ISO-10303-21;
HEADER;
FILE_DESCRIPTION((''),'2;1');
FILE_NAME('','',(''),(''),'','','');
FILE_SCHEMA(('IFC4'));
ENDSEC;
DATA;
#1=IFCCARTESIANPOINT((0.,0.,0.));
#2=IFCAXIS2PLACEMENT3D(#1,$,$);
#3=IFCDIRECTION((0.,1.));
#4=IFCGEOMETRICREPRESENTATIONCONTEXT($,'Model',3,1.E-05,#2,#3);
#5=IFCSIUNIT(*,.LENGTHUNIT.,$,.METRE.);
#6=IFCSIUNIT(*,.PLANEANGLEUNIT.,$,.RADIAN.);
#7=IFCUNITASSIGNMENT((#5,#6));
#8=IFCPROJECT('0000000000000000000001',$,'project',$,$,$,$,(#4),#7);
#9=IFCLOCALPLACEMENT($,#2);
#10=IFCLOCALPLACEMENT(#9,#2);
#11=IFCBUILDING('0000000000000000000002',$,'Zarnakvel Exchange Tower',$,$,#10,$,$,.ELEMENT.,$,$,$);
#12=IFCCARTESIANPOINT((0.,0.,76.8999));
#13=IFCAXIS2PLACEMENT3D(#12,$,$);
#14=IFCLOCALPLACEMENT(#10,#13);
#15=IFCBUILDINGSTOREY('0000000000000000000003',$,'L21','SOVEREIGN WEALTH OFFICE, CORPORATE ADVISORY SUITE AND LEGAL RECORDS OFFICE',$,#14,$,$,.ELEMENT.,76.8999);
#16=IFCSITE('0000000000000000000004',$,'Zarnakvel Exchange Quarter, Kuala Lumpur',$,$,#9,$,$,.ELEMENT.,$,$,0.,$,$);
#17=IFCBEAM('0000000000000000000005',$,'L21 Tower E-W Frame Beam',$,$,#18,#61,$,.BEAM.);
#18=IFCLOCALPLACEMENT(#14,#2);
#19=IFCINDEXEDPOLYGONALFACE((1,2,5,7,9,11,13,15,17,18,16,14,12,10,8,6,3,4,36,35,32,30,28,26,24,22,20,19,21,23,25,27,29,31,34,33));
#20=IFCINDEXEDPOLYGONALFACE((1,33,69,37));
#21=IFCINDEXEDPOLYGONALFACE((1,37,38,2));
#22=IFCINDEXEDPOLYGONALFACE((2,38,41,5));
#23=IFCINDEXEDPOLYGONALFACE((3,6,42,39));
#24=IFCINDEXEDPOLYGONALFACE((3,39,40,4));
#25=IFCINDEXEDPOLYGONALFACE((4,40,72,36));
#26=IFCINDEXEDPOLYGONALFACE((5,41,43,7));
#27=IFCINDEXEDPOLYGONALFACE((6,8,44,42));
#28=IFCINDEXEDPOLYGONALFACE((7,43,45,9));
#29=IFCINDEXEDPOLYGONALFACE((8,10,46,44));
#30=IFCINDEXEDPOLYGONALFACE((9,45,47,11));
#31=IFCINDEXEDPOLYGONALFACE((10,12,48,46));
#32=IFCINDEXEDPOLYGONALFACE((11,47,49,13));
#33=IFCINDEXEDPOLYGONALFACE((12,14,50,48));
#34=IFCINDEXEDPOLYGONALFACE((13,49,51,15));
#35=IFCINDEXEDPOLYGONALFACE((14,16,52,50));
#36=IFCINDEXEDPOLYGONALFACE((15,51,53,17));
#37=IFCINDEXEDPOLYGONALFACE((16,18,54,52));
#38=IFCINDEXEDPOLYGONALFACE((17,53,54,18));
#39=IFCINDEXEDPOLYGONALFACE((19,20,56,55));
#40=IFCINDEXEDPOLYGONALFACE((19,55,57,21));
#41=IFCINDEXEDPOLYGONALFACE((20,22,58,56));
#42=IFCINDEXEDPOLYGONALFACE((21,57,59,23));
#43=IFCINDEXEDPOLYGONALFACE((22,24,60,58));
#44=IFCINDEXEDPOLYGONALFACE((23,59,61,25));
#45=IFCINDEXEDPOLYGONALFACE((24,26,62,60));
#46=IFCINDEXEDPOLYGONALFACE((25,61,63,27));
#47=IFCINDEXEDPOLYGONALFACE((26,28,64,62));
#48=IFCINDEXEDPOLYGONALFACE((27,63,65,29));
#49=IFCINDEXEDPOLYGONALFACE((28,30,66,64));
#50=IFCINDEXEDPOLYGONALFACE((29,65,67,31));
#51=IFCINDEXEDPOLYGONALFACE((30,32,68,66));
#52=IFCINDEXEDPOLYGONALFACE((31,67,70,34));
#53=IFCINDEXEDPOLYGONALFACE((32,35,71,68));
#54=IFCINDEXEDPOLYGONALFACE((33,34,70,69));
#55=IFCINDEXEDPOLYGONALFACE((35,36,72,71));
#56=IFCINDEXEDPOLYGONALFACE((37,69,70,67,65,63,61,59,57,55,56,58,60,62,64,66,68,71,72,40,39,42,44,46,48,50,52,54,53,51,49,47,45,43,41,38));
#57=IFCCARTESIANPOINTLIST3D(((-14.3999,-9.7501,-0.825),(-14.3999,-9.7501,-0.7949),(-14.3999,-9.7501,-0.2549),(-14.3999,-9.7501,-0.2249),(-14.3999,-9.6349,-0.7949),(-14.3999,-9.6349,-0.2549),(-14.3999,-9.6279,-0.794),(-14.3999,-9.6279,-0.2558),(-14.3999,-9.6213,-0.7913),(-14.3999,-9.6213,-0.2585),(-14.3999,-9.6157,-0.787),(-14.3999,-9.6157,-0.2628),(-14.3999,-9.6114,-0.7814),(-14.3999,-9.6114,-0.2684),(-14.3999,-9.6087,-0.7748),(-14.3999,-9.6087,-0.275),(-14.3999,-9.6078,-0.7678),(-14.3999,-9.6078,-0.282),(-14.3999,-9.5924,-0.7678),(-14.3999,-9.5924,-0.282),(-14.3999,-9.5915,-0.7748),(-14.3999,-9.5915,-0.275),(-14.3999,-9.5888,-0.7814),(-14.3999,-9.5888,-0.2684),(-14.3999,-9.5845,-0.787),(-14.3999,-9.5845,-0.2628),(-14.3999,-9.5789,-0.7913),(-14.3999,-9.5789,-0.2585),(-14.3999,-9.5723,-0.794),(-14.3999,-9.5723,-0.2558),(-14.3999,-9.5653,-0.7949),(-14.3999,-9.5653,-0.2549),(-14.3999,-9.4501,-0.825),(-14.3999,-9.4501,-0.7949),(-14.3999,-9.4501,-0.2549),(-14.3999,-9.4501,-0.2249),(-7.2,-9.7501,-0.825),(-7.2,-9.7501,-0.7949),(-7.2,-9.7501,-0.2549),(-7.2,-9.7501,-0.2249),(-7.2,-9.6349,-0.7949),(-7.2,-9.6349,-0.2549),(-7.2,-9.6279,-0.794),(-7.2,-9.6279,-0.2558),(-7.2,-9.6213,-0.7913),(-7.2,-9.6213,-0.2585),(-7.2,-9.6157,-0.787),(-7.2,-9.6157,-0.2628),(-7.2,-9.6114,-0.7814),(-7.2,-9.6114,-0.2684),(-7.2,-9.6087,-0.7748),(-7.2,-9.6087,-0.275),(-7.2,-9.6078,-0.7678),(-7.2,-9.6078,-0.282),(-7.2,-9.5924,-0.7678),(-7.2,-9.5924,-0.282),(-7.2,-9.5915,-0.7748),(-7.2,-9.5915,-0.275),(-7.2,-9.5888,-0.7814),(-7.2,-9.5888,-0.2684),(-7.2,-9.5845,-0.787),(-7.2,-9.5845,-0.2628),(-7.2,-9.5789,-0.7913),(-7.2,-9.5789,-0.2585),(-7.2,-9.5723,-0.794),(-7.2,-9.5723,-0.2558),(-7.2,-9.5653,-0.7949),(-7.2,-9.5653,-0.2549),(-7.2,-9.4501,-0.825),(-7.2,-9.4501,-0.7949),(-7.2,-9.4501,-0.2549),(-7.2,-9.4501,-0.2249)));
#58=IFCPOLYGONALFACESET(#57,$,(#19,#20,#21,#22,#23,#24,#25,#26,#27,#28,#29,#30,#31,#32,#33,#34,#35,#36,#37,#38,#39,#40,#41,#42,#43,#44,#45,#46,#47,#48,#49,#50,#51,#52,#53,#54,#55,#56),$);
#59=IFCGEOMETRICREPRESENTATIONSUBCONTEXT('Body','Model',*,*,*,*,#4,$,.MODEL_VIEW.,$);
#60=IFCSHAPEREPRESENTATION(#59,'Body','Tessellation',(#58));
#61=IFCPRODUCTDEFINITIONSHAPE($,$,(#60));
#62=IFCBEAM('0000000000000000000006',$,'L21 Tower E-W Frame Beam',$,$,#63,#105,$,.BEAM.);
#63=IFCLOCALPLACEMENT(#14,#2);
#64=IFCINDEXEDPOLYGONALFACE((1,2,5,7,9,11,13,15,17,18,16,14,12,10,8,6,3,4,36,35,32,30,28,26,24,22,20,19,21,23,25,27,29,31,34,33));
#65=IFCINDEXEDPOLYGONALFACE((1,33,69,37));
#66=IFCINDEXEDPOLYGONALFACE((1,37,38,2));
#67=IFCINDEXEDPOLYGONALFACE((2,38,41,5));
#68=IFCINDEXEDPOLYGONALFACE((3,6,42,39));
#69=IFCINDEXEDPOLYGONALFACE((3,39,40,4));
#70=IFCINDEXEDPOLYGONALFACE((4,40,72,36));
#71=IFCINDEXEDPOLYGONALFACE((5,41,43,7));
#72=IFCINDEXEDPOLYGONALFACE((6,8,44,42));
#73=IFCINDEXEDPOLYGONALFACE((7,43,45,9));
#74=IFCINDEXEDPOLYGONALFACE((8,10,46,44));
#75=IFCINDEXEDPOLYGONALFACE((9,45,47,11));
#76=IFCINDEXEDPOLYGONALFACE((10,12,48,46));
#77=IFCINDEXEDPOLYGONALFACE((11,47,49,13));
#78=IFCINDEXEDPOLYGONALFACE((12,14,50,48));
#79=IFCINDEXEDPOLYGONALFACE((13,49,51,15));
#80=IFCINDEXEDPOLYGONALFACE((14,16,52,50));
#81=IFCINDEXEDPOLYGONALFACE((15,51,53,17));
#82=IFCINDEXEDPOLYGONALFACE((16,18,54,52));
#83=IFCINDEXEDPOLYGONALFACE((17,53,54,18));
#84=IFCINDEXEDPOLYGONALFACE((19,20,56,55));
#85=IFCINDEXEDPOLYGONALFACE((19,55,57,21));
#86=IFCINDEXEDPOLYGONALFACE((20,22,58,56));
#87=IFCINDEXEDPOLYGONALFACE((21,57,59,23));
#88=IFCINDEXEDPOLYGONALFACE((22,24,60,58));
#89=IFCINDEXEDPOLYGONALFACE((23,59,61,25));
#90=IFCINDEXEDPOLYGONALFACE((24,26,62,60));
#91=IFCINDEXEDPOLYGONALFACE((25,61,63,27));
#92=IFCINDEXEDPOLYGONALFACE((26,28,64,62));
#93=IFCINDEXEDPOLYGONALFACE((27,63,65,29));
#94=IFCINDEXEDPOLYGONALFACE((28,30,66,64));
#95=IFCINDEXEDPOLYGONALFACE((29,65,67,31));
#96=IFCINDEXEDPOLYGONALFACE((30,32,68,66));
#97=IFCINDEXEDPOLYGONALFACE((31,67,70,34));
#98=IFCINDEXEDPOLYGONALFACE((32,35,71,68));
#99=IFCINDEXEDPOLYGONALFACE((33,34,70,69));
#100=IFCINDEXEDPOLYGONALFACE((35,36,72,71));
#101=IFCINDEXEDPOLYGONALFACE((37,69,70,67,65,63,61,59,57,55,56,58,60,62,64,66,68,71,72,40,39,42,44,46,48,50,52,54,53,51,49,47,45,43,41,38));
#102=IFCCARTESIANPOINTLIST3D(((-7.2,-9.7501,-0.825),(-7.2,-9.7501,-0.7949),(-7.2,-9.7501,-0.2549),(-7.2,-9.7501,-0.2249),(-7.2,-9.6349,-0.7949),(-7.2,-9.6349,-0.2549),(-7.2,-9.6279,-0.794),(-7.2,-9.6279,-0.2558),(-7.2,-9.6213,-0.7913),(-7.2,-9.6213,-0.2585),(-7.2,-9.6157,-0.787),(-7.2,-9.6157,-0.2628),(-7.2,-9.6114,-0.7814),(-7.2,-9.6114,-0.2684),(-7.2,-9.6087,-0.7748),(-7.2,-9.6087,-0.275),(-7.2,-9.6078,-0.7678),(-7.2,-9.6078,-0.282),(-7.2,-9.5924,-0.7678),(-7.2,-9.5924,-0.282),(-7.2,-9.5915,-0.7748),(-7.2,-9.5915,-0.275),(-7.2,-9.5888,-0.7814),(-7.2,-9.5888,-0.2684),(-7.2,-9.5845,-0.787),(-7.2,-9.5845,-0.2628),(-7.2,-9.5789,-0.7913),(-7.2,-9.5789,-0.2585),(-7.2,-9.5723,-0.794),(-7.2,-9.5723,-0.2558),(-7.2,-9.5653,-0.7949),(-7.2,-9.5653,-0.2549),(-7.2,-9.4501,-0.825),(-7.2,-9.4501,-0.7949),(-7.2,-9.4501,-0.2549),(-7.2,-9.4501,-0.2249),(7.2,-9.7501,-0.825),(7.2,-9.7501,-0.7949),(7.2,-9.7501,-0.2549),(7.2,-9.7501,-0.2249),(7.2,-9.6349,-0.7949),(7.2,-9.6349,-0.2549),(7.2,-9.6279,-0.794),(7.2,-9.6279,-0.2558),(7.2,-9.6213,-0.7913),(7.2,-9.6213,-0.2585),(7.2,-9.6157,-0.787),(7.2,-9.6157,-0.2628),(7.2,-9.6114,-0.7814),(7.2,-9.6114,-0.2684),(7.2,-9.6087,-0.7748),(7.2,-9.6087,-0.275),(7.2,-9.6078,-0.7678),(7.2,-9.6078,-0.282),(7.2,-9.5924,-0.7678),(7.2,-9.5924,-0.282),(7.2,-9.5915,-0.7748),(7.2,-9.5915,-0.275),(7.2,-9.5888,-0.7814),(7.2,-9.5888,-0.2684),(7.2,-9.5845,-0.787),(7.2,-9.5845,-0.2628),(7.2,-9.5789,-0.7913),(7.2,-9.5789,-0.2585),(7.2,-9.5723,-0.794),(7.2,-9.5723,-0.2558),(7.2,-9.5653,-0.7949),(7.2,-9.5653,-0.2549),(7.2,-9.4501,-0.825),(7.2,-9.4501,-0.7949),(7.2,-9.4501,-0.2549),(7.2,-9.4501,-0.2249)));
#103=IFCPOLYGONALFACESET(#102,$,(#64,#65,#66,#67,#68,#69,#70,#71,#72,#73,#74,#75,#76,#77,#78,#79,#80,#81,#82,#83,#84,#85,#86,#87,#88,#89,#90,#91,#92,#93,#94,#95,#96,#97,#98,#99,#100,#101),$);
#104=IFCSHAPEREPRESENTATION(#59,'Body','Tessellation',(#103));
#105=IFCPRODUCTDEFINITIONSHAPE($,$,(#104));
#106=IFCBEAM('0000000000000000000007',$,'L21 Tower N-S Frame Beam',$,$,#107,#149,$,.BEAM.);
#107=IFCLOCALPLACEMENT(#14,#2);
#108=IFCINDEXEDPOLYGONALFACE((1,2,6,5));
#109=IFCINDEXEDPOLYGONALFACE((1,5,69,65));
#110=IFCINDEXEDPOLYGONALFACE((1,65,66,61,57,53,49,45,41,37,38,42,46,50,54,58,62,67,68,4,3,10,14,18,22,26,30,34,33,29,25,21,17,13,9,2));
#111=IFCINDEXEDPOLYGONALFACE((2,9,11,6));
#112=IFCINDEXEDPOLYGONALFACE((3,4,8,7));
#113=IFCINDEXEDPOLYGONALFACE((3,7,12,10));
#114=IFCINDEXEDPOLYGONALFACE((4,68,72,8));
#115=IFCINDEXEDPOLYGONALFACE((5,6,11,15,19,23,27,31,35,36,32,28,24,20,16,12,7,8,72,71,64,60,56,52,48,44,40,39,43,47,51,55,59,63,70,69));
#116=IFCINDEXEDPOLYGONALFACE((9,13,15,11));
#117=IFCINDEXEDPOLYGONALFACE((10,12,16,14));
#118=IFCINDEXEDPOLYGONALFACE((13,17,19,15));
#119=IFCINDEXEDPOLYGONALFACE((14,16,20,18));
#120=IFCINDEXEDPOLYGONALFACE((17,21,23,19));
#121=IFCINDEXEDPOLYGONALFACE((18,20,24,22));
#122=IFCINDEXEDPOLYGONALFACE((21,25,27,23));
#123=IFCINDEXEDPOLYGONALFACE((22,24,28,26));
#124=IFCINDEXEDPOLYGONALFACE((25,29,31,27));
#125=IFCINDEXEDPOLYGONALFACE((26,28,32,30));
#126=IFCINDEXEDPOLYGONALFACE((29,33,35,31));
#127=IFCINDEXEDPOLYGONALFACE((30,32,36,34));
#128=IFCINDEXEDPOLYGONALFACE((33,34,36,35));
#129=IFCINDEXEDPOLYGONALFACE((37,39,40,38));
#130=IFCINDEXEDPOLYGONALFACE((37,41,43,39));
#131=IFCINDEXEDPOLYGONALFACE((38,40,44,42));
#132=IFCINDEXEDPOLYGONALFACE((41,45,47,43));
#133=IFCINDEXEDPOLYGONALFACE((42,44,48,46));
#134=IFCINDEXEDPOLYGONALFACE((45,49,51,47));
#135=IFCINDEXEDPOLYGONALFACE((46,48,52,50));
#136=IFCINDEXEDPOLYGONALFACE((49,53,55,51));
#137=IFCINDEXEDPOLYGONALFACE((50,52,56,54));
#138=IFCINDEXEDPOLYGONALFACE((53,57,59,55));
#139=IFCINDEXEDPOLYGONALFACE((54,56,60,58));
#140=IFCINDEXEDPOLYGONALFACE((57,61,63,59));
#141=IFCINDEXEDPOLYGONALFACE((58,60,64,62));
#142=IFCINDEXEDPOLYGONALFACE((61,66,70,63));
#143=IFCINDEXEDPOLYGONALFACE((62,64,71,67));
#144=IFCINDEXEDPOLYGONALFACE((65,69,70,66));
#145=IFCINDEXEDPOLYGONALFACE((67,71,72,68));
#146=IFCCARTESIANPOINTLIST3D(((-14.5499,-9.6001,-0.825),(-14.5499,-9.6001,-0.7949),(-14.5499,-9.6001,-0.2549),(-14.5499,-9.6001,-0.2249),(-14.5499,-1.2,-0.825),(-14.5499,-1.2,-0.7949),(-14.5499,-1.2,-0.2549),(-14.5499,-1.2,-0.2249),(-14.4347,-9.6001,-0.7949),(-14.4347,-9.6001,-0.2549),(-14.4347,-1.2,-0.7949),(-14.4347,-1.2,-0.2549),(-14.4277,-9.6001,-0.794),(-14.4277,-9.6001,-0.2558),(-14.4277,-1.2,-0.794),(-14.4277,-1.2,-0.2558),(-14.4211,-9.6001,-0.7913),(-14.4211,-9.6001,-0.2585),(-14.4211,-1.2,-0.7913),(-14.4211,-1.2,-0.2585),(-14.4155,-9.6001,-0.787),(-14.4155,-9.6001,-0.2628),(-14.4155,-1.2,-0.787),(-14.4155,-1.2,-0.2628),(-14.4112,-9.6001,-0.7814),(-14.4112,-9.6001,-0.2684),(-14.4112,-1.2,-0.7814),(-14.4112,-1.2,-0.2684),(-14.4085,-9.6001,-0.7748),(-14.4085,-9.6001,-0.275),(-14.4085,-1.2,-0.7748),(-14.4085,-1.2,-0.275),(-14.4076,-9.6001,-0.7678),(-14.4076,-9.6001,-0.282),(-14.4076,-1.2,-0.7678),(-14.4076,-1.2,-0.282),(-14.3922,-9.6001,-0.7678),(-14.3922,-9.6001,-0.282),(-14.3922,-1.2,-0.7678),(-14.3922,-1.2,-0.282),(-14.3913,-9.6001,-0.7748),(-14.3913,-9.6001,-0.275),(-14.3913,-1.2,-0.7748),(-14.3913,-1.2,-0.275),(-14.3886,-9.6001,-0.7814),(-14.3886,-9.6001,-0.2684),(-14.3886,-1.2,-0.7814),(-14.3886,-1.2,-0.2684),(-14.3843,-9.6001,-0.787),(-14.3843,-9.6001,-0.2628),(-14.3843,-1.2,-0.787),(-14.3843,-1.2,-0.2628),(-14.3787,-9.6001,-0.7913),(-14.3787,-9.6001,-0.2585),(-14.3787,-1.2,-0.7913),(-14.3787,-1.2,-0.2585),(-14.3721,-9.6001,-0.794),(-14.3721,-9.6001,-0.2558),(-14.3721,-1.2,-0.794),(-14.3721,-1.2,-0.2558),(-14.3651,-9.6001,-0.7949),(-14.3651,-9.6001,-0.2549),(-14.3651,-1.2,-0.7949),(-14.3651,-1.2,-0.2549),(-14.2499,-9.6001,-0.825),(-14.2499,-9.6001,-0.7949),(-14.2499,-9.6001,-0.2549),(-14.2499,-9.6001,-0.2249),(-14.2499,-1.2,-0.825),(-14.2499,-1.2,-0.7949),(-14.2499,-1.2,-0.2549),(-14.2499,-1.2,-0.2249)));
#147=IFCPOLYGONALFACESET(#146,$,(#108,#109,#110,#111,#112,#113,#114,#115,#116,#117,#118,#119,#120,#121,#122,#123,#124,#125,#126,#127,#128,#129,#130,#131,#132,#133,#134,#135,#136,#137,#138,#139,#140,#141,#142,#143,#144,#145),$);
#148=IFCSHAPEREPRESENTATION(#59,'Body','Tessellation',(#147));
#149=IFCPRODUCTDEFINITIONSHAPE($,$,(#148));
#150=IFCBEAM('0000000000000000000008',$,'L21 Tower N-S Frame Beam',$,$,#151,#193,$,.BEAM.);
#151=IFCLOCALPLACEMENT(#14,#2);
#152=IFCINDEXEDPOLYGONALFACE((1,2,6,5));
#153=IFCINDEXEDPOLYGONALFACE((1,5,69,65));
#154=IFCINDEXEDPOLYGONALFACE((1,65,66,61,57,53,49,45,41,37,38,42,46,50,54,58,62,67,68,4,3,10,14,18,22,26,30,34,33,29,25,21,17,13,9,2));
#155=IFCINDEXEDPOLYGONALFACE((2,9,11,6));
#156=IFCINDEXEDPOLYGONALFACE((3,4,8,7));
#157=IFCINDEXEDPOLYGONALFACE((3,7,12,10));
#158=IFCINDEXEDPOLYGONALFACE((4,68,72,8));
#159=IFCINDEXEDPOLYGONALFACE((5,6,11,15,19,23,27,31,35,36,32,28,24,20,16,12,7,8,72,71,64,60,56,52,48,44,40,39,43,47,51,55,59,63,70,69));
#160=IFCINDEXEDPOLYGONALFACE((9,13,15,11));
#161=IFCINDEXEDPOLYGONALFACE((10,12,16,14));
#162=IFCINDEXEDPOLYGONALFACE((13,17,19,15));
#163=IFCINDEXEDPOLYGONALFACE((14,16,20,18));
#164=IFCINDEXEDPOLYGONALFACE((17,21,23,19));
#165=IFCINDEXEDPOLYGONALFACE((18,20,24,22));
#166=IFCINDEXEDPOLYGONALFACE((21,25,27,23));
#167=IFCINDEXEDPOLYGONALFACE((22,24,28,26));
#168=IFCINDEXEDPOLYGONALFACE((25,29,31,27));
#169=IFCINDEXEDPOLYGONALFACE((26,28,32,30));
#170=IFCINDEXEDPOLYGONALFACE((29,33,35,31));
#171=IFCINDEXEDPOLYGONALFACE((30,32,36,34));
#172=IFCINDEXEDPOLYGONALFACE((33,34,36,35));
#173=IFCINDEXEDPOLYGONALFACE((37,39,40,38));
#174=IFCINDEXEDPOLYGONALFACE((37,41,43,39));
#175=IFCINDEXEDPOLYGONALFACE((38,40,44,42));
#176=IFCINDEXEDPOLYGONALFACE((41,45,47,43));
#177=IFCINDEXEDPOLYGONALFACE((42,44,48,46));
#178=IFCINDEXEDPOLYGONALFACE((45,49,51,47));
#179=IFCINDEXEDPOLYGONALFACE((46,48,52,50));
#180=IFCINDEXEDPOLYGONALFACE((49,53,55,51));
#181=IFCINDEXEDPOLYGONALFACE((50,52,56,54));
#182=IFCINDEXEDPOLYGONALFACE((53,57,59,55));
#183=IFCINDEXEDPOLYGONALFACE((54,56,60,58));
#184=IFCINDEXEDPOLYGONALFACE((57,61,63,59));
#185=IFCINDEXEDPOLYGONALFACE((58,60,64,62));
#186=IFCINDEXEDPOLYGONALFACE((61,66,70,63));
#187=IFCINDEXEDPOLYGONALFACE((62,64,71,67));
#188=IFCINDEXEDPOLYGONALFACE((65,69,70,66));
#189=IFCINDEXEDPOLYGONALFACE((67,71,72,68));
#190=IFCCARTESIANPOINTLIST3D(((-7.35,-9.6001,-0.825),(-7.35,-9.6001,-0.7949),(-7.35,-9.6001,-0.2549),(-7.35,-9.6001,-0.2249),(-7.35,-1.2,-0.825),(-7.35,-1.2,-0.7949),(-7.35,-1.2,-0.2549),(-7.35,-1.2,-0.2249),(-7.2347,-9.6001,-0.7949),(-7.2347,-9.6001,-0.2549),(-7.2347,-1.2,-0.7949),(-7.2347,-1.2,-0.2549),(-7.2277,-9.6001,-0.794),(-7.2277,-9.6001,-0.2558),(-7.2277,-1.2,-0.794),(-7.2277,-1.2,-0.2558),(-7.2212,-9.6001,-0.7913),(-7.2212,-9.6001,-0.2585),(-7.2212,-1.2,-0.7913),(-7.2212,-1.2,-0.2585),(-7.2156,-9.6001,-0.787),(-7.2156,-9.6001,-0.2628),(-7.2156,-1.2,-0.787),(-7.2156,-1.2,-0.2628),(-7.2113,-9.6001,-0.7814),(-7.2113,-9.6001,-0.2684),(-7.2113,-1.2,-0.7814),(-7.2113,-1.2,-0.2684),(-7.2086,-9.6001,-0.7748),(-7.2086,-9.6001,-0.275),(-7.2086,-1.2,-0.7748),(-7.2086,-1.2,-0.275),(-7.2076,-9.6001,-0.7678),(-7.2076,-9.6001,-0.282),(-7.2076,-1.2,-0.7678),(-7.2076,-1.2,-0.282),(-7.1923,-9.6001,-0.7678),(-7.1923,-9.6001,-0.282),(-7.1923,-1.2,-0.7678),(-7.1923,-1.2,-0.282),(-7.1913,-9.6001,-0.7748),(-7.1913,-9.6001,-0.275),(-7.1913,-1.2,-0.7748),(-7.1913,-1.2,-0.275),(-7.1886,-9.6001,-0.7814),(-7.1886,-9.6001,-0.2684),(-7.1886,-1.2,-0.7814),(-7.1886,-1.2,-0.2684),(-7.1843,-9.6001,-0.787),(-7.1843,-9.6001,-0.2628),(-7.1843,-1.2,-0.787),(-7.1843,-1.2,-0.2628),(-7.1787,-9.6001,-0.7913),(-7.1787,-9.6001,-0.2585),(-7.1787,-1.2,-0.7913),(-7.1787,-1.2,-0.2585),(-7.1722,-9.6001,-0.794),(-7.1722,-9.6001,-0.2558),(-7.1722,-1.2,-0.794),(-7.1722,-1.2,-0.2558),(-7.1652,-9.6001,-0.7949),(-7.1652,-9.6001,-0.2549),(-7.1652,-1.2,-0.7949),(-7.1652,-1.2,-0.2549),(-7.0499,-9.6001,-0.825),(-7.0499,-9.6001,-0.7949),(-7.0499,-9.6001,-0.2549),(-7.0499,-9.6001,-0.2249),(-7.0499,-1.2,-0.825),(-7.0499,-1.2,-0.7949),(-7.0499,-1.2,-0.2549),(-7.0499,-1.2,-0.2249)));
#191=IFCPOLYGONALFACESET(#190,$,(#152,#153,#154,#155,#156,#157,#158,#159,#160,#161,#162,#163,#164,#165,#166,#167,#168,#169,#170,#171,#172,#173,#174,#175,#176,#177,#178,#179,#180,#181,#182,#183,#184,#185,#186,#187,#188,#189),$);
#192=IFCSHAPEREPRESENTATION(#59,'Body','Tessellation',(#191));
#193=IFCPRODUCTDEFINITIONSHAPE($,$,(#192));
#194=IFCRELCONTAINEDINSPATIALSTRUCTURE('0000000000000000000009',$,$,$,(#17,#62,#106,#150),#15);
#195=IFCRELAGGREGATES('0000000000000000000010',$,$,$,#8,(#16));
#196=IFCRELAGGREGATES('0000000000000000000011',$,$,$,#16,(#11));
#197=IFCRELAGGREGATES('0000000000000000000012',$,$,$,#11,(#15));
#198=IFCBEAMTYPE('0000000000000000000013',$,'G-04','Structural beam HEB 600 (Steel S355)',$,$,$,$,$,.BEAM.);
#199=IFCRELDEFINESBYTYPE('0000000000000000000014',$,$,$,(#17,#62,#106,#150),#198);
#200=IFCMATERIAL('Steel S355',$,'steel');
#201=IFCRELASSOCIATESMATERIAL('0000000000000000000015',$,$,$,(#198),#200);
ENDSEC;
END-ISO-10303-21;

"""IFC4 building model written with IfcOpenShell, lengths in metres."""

from ifc_helpers import new_model, si_unit, direction, frame, origin, origin_2d, place, context, subcontext, project, spatial, i_section, extrude, material, material_profile, profile_set, type_object, element, save


model = new_model("IFC4")

# Units and contexts
model_context = context("Model", 3, precision=1e-05, world=origin(), true_north=direction((0.0, 1.0)))
body_context = subcontext(model_context, "Body", "Model", "MODEL_VIEW")
ifc_project = project(units=[si_unit("LENGTHUNIT", "METRE"), si_unit("PLANEANGLEUNIT", "RADIAN")], contexts=[model_context])

# Site, building, storey
site_placement = place(None, origin())
site = spatial("IfcSite", under=ifc_project, at=site_placement, Name="Zarnakvel Exchange Quarter, Kuala Lumpur", CompositionType="ELEMENT", RefElevation=0.0)
building_placement = place(site_placement, origin())
building = spatial("IfcBuilding", under=site, at=building_placement, Name="Zarnakvel Exchange Tower", CompositionType="ELEMENT")
storey_placement = place(building_placement, frame((0.0, 0.0, 76.8999)))
storey = spatial("IfcBuildingStorey", under=building, at=storey_placement, Name="L21", Description="SOVEREIGN WEALTH OFFICE, CORPORATE ADVISORY SUITE AND LEGAL RECORDS OFFICE", CompositionType="ELEMENT", Elevation=76.8999)

# Beams
ifc_material_1 = material(Name="Steel S355", Category="steel")
ifc_material_profile_1 = material_profile(ifc_material_1, i_section(OverallWidth=0.3, OverallDepth=0.6001, WebThickness=0.0154, FlangeThickness=0.03, FilletRadius=0.0271, at=origin_2d()))
ifc_profile_set_1 = profile_set([ifc_material_profile_1], Name="Steel S355")
beam_type_1 = type_object("IfcBeamType", Name="G-04", Description="Structural beam HEB 600 (Steel S355)", PredefinedType="BEAM", material=ifc_profile_set_1)
beam_1_placement = place(storey_placement, frame((-14.3999, -9.6001, -0.5249), z_axis=(1.0, 0.0, 0.0), x_axis=(0.0, 1.0, 0.0)))
element("IfcBeam", 1, at=beam_1_placement, inside=storey, type_object=beam_type_1, Name="L21 Tower E-W Frame Beam", PredefinedType="BEAM", context=body_context, shape_type="SweptSolid", body=[
    extrude(i_section(OverallWidth=0.3, OverallDepth=0.6001, WebThickness=0.0154, FlangeThickness=0.03, FilletRadius=0.0271, at=origin_2d()), origin(), (0.0, 0.0, 1.0), 7.2),
])
beam_2_placement = place(storey_placement, frame((-7.2, -9.6001, -0.5249), z_axis=(1.0, 0.0, 0.0), x_axis=(0.0, 1.0, 0.0)))
element("IfcBeam", 2, at=beam_2_placement, inside=storey, type_object=beam_type_1, Name="L21 Tower E-W Frame Beam", PredefinedType="BEAM", context=body_context, shape_type="SweptSolid", body=[
    extrude(i_section(OverallWidth=0.3, OverallDepth=0.6001, WebThickness=0.0154, FlangeThickness=0.03, FilletRadius=0.0271, at=origin_2d()), origin(), (0.0, 0.0, 1.0), 14.3999),
])
for number, where, z_axis, x_axis, name in (
    (3, (-14.3999, -9.6001, -0.5249), (0.0, 1.0, 0.0), (-1.0, 0.0, 0.0), "L21 Tower N-S Frame Beam"),
    (4, (-7.2, -9.6001, -0.5249), (0.0, 1.0, 0.0), (-1.0, 0.0, 0.0), "L21 Tower N-S Frame Beam"),
):
    element("IfcBeam", number, at=place(storey_placement, frame(where, z_axis=z_axis, x_axis=x_axis)), inside=storey, type_object=beam_type_1, Name=name, PredefinedType="BEAM", context=body_context, shape_type="SweptSolid", body=[
        extrude(i_section(OverallWidth=0.3, OverallDepth=0.6001, WebThickness=0.0154, FlangeThickness=0.03, FilletRadius=0.0271, at=origin_2d()), origin(), (0.0, 0.0, 1.0), 8.4001),
    ])

save(model, "model.ifc")
